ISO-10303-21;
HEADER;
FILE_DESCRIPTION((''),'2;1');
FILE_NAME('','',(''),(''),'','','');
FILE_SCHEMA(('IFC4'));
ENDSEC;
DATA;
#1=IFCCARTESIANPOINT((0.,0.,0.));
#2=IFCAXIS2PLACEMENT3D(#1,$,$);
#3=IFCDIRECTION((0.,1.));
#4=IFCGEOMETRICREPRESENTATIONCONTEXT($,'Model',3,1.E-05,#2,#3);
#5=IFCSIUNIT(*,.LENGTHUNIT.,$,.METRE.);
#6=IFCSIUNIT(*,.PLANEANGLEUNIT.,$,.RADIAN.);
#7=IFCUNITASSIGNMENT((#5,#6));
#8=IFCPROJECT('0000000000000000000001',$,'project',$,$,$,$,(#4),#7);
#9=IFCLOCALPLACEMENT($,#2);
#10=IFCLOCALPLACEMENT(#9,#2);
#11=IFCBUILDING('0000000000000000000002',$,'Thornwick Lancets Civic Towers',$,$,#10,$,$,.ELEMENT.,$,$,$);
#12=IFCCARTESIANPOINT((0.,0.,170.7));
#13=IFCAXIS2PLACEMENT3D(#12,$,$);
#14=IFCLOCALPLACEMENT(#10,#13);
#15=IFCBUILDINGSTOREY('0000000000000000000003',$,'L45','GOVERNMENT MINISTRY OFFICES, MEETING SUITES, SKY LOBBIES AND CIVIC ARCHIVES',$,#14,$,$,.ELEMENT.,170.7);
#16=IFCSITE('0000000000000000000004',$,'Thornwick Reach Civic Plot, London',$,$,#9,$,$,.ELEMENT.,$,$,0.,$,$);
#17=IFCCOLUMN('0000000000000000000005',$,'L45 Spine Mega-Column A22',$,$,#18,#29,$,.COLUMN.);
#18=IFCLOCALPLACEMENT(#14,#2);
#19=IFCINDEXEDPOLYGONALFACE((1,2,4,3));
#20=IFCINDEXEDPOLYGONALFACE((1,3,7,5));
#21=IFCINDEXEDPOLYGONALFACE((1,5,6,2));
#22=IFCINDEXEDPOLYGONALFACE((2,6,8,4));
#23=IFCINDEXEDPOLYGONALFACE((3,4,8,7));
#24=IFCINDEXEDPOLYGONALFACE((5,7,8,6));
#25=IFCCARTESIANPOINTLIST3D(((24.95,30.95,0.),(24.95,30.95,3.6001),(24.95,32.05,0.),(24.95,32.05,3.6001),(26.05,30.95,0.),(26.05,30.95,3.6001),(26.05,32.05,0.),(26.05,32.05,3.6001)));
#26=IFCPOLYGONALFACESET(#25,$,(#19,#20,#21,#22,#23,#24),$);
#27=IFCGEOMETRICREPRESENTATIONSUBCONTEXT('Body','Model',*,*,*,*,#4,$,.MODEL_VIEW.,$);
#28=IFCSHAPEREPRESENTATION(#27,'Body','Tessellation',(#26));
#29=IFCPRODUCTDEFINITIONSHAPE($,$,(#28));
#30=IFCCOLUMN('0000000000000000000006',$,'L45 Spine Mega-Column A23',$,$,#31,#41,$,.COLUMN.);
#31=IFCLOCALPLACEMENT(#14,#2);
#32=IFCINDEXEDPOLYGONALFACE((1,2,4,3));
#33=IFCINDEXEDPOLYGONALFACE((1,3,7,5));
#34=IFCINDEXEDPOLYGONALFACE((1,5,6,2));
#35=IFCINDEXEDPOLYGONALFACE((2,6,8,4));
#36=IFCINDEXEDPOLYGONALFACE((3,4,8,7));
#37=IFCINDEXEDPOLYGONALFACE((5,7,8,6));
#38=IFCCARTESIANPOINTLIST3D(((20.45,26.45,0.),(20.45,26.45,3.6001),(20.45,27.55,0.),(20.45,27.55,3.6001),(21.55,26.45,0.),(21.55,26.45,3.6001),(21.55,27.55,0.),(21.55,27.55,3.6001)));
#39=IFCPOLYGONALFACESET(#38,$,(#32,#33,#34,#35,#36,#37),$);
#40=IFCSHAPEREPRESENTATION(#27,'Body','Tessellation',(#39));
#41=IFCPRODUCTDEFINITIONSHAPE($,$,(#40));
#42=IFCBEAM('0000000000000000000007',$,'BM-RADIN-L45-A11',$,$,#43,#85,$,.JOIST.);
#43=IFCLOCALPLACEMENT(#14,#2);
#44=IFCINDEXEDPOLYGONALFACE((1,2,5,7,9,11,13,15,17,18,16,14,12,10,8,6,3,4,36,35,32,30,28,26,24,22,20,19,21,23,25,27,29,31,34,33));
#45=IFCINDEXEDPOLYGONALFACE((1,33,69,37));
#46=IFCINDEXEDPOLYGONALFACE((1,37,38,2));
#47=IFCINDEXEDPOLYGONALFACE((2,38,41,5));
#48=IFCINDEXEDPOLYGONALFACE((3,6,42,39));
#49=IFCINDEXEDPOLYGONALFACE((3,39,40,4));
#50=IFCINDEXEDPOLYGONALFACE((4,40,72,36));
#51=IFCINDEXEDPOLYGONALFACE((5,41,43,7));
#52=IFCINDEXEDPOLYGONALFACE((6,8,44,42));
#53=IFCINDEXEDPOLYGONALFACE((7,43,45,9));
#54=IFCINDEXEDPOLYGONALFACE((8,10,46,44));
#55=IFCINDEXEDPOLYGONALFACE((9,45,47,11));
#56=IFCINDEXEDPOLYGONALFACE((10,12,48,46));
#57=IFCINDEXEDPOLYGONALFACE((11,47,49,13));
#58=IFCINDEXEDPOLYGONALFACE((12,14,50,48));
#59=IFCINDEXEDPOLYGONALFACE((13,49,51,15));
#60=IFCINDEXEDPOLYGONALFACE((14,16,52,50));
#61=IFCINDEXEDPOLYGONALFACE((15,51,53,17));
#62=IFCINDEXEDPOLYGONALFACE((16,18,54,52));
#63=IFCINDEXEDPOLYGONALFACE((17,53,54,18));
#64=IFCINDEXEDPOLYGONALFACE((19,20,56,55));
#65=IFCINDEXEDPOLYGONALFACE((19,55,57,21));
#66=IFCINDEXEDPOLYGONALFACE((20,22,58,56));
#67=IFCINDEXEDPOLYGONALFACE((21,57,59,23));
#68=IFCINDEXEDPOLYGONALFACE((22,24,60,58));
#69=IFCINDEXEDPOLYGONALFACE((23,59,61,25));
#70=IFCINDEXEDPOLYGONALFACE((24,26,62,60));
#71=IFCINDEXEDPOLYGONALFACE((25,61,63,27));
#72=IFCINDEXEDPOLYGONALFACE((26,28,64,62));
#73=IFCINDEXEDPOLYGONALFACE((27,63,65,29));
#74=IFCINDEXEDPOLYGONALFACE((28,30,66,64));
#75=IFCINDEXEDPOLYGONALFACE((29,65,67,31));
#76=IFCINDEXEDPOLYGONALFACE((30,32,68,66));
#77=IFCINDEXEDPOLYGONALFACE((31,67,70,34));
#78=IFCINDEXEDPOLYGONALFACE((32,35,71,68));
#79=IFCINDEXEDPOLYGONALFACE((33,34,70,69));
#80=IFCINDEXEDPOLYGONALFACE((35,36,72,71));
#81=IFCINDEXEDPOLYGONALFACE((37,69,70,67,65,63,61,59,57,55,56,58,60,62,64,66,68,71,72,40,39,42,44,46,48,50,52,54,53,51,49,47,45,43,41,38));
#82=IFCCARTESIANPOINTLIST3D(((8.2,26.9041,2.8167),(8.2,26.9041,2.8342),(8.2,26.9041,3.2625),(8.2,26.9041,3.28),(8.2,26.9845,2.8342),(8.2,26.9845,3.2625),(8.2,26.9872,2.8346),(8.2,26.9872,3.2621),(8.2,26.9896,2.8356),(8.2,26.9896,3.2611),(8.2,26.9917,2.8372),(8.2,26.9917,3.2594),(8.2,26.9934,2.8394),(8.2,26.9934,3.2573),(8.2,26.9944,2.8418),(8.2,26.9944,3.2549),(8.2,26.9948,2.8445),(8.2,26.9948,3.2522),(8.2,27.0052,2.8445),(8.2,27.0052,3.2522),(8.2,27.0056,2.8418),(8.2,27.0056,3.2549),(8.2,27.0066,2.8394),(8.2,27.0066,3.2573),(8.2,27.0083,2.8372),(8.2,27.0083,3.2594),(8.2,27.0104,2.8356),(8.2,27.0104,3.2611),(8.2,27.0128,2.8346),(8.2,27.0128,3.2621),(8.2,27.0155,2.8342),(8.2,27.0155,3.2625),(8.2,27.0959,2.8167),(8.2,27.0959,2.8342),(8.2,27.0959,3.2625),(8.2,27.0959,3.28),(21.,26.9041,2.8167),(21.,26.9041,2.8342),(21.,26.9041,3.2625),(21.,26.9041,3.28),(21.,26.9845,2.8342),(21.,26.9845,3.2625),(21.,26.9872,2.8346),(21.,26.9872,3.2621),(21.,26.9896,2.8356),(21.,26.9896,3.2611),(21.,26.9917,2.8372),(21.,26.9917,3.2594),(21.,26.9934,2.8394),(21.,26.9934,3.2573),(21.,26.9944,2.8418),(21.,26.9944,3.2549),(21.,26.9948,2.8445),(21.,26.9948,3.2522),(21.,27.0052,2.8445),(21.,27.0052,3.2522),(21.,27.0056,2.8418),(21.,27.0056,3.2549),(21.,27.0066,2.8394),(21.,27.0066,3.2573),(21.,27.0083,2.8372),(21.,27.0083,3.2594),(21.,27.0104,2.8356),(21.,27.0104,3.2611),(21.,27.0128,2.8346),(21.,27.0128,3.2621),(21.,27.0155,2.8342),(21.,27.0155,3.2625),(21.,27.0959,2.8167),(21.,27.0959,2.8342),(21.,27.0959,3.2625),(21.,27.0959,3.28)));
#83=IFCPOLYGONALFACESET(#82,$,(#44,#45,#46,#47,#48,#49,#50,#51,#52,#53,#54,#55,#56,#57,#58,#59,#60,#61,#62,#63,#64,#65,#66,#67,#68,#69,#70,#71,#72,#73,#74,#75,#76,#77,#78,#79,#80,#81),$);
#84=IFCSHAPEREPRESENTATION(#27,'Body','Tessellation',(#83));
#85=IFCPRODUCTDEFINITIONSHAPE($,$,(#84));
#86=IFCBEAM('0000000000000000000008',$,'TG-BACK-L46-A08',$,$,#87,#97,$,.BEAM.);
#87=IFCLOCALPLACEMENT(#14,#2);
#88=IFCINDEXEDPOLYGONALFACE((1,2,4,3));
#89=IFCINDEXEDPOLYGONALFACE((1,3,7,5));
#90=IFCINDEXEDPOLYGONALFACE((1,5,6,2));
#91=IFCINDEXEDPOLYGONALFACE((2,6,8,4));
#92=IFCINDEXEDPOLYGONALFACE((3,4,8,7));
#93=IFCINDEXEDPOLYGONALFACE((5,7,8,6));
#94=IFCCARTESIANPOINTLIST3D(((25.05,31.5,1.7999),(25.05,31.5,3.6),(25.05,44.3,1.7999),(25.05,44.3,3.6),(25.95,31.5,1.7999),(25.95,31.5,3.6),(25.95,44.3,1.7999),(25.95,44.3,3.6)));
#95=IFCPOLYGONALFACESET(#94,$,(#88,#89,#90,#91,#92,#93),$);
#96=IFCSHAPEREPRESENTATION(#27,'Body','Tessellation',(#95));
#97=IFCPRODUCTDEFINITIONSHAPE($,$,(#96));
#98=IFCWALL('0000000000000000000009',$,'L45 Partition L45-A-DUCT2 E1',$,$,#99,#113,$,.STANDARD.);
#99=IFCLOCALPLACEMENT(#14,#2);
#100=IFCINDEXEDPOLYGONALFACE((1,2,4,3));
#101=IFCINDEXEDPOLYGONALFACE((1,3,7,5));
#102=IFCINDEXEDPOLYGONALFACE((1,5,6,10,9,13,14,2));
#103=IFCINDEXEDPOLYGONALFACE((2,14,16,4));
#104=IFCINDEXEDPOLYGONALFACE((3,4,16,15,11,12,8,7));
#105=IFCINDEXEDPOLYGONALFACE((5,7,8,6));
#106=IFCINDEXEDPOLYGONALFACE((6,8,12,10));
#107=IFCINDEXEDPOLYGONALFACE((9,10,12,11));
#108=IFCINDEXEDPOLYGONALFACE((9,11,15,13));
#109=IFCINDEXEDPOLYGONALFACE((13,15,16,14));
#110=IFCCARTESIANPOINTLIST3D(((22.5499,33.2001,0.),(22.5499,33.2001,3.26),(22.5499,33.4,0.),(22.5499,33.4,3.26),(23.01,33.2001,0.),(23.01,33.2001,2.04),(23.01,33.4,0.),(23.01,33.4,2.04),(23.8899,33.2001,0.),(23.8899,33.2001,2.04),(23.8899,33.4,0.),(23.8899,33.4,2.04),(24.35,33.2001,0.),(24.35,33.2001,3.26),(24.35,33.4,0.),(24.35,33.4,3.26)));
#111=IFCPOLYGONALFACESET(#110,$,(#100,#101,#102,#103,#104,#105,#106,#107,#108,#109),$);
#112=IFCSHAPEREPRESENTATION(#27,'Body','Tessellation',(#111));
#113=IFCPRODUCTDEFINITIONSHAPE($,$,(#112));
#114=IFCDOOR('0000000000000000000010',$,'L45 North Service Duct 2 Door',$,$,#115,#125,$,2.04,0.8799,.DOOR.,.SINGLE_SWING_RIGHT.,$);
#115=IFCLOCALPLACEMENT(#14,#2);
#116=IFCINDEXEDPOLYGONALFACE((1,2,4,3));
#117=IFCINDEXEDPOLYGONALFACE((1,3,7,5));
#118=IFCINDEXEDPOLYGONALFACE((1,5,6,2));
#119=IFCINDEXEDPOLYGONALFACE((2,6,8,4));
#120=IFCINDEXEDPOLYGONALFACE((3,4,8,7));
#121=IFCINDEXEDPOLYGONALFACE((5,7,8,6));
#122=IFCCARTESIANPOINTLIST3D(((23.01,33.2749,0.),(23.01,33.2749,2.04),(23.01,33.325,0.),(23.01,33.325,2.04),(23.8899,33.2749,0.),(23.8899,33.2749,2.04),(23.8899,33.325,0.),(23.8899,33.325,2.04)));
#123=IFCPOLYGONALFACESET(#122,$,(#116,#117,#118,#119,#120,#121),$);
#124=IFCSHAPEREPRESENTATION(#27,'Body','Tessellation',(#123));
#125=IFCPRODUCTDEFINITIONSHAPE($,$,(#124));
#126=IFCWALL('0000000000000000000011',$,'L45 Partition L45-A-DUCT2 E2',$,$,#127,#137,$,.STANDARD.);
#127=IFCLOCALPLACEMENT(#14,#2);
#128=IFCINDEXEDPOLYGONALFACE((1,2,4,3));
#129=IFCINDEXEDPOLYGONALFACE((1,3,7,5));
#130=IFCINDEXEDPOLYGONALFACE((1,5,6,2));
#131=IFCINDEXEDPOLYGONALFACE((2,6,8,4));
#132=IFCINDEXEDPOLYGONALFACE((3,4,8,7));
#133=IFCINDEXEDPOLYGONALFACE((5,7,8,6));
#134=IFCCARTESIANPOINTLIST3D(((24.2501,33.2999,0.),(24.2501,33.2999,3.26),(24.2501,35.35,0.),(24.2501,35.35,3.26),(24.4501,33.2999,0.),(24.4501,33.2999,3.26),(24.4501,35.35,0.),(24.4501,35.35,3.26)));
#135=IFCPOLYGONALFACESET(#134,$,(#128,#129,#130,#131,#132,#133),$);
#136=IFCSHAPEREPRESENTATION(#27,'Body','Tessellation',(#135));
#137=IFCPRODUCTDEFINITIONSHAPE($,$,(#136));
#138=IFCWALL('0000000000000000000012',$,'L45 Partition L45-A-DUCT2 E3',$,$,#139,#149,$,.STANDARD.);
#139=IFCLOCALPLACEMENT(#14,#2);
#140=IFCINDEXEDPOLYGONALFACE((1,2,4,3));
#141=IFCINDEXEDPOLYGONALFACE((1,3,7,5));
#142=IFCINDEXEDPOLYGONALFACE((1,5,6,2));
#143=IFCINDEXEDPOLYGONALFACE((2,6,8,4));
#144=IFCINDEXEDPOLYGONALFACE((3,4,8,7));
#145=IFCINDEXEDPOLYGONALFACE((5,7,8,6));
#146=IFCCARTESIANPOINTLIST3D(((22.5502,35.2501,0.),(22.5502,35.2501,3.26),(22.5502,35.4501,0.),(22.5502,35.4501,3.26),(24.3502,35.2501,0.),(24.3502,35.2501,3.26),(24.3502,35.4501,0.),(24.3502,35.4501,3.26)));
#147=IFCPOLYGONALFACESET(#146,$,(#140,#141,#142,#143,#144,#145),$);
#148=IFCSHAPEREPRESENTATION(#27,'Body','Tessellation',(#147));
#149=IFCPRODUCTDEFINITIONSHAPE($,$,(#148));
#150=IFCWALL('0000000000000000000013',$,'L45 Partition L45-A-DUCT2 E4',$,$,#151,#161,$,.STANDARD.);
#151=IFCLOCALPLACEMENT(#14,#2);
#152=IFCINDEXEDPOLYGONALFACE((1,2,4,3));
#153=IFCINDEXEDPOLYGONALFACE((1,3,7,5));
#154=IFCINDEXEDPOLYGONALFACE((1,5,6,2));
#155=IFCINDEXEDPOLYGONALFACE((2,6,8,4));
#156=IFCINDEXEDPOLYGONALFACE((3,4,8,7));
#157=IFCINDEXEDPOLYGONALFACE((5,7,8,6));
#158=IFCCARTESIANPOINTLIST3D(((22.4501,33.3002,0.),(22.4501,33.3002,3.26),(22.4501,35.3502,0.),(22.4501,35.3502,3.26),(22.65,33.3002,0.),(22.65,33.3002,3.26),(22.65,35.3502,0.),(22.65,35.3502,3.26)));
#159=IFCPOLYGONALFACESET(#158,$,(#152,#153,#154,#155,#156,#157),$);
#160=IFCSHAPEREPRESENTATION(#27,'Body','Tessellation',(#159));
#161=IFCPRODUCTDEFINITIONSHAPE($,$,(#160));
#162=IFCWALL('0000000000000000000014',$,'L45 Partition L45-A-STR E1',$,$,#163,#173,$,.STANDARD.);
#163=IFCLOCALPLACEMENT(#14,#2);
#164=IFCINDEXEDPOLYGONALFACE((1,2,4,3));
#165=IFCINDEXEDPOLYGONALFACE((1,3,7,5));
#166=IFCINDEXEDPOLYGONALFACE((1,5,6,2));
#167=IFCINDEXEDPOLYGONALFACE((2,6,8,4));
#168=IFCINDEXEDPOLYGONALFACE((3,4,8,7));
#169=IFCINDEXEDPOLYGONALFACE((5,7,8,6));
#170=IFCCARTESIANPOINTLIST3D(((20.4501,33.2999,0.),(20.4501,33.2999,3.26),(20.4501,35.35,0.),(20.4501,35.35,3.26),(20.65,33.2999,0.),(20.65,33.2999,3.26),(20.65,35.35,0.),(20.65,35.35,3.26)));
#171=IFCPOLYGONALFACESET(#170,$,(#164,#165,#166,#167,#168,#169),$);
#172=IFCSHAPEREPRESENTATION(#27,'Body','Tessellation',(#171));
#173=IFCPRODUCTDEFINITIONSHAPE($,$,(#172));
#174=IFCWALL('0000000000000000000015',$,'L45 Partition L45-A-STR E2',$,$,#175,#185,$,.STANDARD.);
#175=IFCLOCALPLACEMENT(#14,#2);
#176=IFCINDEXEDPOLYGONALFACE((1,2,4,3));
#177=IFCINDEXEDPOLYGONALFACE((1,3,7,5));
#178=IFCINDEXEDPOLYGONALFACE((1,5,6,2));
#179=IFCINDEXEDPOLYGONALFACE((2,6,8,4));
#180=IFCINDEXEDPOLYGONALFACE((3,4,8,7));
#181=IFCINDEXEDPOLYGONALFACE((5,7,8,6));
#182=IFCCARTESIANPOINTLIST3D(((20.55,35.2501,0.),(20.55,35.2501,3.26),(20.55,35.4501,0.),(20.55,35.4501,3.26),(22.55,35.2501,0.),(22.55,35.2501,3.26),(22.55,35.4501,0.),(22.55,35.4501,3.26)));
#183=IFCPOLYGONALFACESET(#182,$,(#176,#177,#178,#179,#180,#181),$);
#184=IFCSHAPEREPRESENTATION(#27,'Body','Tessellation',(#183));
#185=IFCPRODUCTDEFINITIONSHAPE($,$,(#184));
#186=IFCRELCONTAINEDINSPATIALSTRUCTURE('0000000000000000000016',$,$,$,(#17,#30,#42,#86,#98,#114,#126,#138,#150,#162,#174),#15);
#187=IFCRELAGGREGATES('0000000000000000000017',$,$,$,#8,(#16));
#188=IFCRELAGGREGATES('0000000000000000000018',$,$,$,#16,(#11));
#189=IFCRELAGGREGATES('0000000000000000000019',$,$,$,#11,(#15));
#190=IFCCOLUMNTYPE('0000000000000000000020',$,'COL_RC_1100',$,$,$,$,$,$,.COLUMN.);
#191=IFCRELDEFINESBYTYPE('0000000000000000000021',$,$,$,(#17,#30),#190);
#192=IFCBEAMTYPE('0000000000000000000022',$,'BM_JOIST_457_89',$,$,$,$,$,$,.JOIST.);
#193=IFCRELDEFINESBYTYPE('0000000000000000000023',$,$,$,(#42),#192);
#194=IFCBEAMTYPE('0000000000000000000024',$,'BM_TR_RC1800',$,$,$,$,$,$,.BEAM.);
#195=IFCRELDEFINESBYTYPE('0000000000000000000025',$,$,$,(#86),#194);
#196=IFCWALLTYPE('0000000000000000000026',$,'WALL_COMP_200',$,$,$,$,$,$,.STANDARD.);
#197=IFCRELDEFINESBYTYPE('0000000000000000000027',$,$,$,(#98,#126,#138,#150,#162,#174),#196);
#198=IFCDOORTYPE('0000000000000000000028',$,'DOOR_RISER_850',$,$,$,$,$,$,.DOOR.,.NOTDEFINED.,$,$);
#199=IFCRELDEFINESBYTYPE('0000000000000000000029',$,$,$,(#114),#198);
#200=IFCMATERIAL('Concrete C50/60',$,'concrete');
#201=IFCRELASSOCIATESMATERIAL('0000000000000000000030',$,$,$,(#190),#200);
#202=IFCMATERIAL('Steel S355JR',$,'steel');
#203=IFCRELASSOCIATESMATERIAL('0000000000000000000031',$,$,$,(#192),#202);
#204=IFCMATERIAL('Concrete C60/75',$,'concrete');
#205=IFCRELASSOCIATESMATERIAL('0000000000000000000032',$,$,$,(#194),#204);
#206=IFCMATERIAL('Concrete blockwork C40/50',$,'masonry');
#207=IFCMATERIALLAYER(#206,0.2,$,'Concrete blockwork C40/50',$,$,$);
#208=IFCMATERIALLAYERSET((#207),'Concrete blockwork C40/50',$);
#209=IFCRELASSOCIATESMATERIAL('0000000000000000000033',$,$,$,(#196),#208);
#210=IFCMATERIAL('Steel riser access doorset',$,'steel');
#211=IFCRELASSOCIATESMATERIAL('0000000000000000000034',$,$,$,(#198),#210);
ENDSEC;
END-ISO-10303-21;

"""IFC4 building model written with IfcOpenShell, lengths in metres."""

from ifc_helpers import new_model, si_unit, direction, frame, frame_2d, origin, origin_2d, place, context, subcontext, project, spatial, rectangle, i_section, extrude, material, layer, layer_set, material_profile, profile_set, type_object, element, fill, save


model = new_model("IFC4")

# Units and contexts
model_context = context("Model", 3, precision=1e-05, world=origin(), true_north=direction((0.0, 1.0)))
body_context = subcontext(model_context, "Body", "Model", "MODEL_VIEW")
ifc_project = project(units=[si_unit("LENGTHUNIT", "METRE"), si_unit("PLANEANGLEUNIT", "RADIAN")], contexts=[model_context])

# Site, building, storey
site_placement = place(None, origin())
site = spatial("IfcSite", under=ifc_project, at=site_placement, Name="Thornwick Reach Civic Plot, London", CompositionType="ELEMENT", RefElevation=0.0)
building_placement = place(site_placement, origin())
building = spatial("IfcBuilding", under=site, at=building_placement, Name="Thornwick Lancets Civic Towers", CompositionType="ELEMENT")
storey_placement = place(building_placement, frame((0.0, 0.0, 170.7)))
storey = spatial("IfcBuildingStorey", under=building, at=storey_placement, Name="L45", Description="GOVERNMENT MINISTRY OFFICES, MEETING SUITES, SKY LOBBIES AND CIVIC ARCHIVES", CompositionType="ELEMENT", Elevation=170.7)

# Columns
ifc_material_1 = material(Name="Concrete C50/60", Category="concrete")
ifc_material_profile_1 = material_profile(ifc_material_1, rectangle(XDim=1.1001, YDim=1.1001, at=origin_2d()), Name="RC 1100x1100")
ifc_profile_set_1 = profile_set([ifc_material_profile_1], Name="Concrete C50/60")
column_type = type_object("IfcColumnType", Name="COL_RC_1100", PredefinedType="COLUMN", material=ifc_profile_set_1)
for number, where, z_axis, x_axis, name in (
    (1, (25.5, 31.5, 0.0), (0.0, 0.0, 1.0), (1.0, 0.0, 0.0), "L45 Spine Mega-Column A22"),
    (2, (21.0, 27.0, 0.0), (0.0, 0.0, 1.0), (1.0, 0.0, 0.0), "L45 Spine Mega-Column A23"),
):
    element("IfcColumn", number, at=place(storey_placement, frame(where, z_axis=z_axis, x_axis=x_axis)), inside=storey, type_object=column_type, Name=name, PredefinedType="COLUMN", context=body_context, shape_type="SweptSolid", body=[
        extrude(rectangle(XDim=1.1001, YDim=1.1001, at=origin_2d()), origin(), (0.0, 0.0, 1.0), 3.6001),
    ])

# Beams
ifc_material_2 = material(Name="Steel S355JR", Category="steel")
ifc_material_profile_2 = material_profile(ifc_material_2, i_section(OverallWidth=0.1919, OverallDepth=0.4634, WebThickness=0.0105, FlangeThickness=0.0176, FilletRadius=0.0103, at=origin_2d()), Name="UKB 457x191x89")
ifc_profile_set_2 = profile_set([ifc_material_profile_2], Name="Steel S355JR")
beam_type_1 = type_object("IfcBeamType", Name="BM_JOIST_457_89", PredefinedType="JOIST", material=ifc_profile_set_2)
beam_1_placement = place(storey_placement, frame((21.0, 27.0, 3.0483), z_axis=(-1.0, 0.0, 0.0), x_axis=(0.0, -1.0, 0.0)))
element("IfcBeam", 3, at=beam_1_placement, inside=storey, type_object=beam_type_1, Name="BM-RADIN-L45-A11", PredefinedType="JOIST", context=body_context, shape_type="SweptSolid", body=[
    extrude(i_section(OverallWidth=0.1919, OverallDepth=0.4634, WebThickness=0.0105, FlangeThickness=0.0176, FilletRadius=0.0103, at=origin_2d()), origin(), (0.0, 0.0, 1.0), 12.8),
])
ifc_material_3 = material(Name="Concrete C60/75", Category="concrete")
ifc_material_profile_3 = material_profile(ifc_material_3, rectangle(XDim=0.8999, YDim=1.8, at=origin_2d()), Name="RC 900x1800")
ifc_profile_set_3 = profile_set([ifc_material_profile_3], Name="Concrete C60/75")
beam_type_2 = type_object("IfcBeamType", Name="BM_TR_RC1800", PredefinedType="BEAM", material=ifc_profile_set_3)
beam_2_placement = place(storey_placement, frame((25.5, 31.5, 2.7), z_axis=(0.0, 1.0, 0.0), x_axis=(-1.0, 0.0, 0.0)))
element("IfcBeam", 4, at=beam_2_placement, inside=storey, type_object=beam_type_2, Name="TG-BACK-L46-A08", PredefinedType="BEAM", context=body_context, shape_type="SweptSolid", body=[
    extrude(rectangle(XDim=0.8999, YDim=1.8, at=origin_2d()), origin(), (0.0, 0.0, 1.0), 12.8),
])

# Wall, opening, door
ifc_material_4 = material(Name="Concrete blockwork C40/50", Category="masonry")
ifc_layer_1 = layer(ifc_material_4, 0.2, Name="Concrete blockwork C40/50")
ifc_layer_set_1 = layer_set([ifc_layer_1], Name="Concrete blockwork C40/50")
wall_type_1 = type_object("IfcWallType", Name="WALL_COMP_200", PredefinedType="STANDARD", material=ifc_layer_set_1)
wall_1_placement = place(storey_placement, frame((22.55, 33.3, 0.0), z_axis=(0.0, 0.0, 1.0), x_axis=(1.0, 0.0, 0.0)))
wall_1 = element("IfcWall", 5, at=wall_1_placement, inside=storey, type_object=wall_type_1, Name="L45 Partition L45-A-DUCT2 E1", PredefinedType="STANDARD", context=body_context, shape_type="SweptSolid", body=[
    extrude(rectangle(XDim=1.8, YDim=0.2, at=frame_2d((0.8999, 0.0))), origin(), (0.0, 0.0, 1.0), 3.26),
])
opening_1_placement = place(wall_1_placement, frame((0.46, 0.0, 0.0)))
opening_1 = element("IfcOpeningElement", 6, at=opening_1_placement, cuts=wall_1, PredefinedType="OPENING", context=body_context, shape_type="SweptSolid", body=[
    extrude(rectangle(XDim=0.8799, YDim=2.04, at=frame_2d((0.4399, 1.02))), frame((0.0, 0.1099, 0.0), z_axis=(0.0, -1.0, 0.0), x_axis=(1.0, 0.0, 0.0)), (0.0, 0.0, 1.0), 0.22),
])
ifc_material_5 = material(Name="Steel riser access doorset", Category="steel")
door_type_1 = type_object("IfcDoorType", Name="DOOR_RISER_850", OperationType="NOTDEFINED", PredefinedType="DOOR", material=ifc_material_5)
door_1_placement = place(opening_1_placement, origin())
door_1 = element("IfcDoor", 7, at=door_1_placement, inside=storey, type_object=door_type_1, Name="L45 North Service Duct 2 Door", OperationType="SINGLE_SWING_RIGHT", OverallHeight=2.04, OverallWidth=0.8799, PredefinedType="DOOR", context=body_context, shape_type="SweptSolid", body=[
    extrude(rectangle(XDim=0.8799, YDim=2.04, at=frame_2d((0.4399, 1.02))), frame((0.0, 0.0249, 0.0), z_axis=(0.0, -1.0, 0.0), x_axis=(1.0, 0.0, 0.0)), (0.0, 0.0, 1.0), 0.05),
])
fill(opening_1, door_1)

# Walls
wall_2_placement = place(storey_placement, frame((24.3501, 33.3, 0.0), z_axis=(0.0, 0.0, 1.0), x_axis=(0.0, 1.0, 0.0)))
element("IfcWall", 8, at=wall_2_placement, inside=storey, type_object=wall_type_1, Name="L45 Partition L45-A-DUCT2 E2", PredefinedType="STANDARD", context=body_context, shape_type="SweptSolid", body=[
    extrude(rectangle(XDim=2.05, YDim=0.2, at=frame_2d((1.0249, 0.0))), origin(), (0.0, 0.0, 1.0), 3.26),
])
wall_3_placement = place(storey_placement, frame((24.3501, 35.3501, 0.0), z_axis=(0.0, 0.0, 1.0), x_axis=(-1.0, 0.0, 0.0)))
element("IfcWall", 9, at=wall_3_placement, inside=storey, type_object=wall_type_1, Name="L45 Partition L45-A-DUCT2 E3", PredefinedType="STANDARD", context=body_context, shape_type="SweptSolid", body=[
    extrude(rectangle(XDim=1.8, YDim=0.2, at=frame_2d((0.8999, 0.0))), origin(), (0.0, 0.0, 1.0), 3.26),
])
for number, where, z_axis, x_axis, name in (
    (10, (22.55, 35.3501, 0.0), (0.0, 0.0, 1.0), (0.0, -1.0, 0.0), "L45 Partition L45-A-DUCT2 E4"),
    (11, (20.55, 33.3, 0.0), (0.0, 0.0, 1.0), (0.0, 1.0, 0.0), "L45 Partition L45-A-STR E1"),
):
    element("IfcWall", number, at=place(storey_placement, frame(where, z_axis=z_axis, x_axis=x_axis)), inside=storey, type_object=wall_type_1, Name=name, PredefinedType="STANDARD", context=body_context, shape_type="SweptSolid", body=[
        extrude(rectangle(XDim=2.05, YDim=0.2, at=frame_2d((1.0249, 0.0))), origin(), (0.0, 0.0, 1.0), 3.26),
    ])
wall_4_placement = place(storey_placement, frame((20.55, 35.3501, 0.0), z_axis=(0.0, 0.0, 1.0), x_axis=(1.0, 0.0, 0.0)))
element("IfcWall", 12, at=wall_4_placement, inside=storey, type_object=wall_type_1, Name="L45 Partition L45-A-STR E2", PredefinedType="STANDARD", context=body_context, shape_type="SweptSolid", body=[
    extrude(rectangle(XDim=2.0, YDim=0.2, at=frame_2d((1.0, 0.0))), origin(), (0.0, 0.0, 1.0), 3.26),
])

save(model, "model.ifc")
